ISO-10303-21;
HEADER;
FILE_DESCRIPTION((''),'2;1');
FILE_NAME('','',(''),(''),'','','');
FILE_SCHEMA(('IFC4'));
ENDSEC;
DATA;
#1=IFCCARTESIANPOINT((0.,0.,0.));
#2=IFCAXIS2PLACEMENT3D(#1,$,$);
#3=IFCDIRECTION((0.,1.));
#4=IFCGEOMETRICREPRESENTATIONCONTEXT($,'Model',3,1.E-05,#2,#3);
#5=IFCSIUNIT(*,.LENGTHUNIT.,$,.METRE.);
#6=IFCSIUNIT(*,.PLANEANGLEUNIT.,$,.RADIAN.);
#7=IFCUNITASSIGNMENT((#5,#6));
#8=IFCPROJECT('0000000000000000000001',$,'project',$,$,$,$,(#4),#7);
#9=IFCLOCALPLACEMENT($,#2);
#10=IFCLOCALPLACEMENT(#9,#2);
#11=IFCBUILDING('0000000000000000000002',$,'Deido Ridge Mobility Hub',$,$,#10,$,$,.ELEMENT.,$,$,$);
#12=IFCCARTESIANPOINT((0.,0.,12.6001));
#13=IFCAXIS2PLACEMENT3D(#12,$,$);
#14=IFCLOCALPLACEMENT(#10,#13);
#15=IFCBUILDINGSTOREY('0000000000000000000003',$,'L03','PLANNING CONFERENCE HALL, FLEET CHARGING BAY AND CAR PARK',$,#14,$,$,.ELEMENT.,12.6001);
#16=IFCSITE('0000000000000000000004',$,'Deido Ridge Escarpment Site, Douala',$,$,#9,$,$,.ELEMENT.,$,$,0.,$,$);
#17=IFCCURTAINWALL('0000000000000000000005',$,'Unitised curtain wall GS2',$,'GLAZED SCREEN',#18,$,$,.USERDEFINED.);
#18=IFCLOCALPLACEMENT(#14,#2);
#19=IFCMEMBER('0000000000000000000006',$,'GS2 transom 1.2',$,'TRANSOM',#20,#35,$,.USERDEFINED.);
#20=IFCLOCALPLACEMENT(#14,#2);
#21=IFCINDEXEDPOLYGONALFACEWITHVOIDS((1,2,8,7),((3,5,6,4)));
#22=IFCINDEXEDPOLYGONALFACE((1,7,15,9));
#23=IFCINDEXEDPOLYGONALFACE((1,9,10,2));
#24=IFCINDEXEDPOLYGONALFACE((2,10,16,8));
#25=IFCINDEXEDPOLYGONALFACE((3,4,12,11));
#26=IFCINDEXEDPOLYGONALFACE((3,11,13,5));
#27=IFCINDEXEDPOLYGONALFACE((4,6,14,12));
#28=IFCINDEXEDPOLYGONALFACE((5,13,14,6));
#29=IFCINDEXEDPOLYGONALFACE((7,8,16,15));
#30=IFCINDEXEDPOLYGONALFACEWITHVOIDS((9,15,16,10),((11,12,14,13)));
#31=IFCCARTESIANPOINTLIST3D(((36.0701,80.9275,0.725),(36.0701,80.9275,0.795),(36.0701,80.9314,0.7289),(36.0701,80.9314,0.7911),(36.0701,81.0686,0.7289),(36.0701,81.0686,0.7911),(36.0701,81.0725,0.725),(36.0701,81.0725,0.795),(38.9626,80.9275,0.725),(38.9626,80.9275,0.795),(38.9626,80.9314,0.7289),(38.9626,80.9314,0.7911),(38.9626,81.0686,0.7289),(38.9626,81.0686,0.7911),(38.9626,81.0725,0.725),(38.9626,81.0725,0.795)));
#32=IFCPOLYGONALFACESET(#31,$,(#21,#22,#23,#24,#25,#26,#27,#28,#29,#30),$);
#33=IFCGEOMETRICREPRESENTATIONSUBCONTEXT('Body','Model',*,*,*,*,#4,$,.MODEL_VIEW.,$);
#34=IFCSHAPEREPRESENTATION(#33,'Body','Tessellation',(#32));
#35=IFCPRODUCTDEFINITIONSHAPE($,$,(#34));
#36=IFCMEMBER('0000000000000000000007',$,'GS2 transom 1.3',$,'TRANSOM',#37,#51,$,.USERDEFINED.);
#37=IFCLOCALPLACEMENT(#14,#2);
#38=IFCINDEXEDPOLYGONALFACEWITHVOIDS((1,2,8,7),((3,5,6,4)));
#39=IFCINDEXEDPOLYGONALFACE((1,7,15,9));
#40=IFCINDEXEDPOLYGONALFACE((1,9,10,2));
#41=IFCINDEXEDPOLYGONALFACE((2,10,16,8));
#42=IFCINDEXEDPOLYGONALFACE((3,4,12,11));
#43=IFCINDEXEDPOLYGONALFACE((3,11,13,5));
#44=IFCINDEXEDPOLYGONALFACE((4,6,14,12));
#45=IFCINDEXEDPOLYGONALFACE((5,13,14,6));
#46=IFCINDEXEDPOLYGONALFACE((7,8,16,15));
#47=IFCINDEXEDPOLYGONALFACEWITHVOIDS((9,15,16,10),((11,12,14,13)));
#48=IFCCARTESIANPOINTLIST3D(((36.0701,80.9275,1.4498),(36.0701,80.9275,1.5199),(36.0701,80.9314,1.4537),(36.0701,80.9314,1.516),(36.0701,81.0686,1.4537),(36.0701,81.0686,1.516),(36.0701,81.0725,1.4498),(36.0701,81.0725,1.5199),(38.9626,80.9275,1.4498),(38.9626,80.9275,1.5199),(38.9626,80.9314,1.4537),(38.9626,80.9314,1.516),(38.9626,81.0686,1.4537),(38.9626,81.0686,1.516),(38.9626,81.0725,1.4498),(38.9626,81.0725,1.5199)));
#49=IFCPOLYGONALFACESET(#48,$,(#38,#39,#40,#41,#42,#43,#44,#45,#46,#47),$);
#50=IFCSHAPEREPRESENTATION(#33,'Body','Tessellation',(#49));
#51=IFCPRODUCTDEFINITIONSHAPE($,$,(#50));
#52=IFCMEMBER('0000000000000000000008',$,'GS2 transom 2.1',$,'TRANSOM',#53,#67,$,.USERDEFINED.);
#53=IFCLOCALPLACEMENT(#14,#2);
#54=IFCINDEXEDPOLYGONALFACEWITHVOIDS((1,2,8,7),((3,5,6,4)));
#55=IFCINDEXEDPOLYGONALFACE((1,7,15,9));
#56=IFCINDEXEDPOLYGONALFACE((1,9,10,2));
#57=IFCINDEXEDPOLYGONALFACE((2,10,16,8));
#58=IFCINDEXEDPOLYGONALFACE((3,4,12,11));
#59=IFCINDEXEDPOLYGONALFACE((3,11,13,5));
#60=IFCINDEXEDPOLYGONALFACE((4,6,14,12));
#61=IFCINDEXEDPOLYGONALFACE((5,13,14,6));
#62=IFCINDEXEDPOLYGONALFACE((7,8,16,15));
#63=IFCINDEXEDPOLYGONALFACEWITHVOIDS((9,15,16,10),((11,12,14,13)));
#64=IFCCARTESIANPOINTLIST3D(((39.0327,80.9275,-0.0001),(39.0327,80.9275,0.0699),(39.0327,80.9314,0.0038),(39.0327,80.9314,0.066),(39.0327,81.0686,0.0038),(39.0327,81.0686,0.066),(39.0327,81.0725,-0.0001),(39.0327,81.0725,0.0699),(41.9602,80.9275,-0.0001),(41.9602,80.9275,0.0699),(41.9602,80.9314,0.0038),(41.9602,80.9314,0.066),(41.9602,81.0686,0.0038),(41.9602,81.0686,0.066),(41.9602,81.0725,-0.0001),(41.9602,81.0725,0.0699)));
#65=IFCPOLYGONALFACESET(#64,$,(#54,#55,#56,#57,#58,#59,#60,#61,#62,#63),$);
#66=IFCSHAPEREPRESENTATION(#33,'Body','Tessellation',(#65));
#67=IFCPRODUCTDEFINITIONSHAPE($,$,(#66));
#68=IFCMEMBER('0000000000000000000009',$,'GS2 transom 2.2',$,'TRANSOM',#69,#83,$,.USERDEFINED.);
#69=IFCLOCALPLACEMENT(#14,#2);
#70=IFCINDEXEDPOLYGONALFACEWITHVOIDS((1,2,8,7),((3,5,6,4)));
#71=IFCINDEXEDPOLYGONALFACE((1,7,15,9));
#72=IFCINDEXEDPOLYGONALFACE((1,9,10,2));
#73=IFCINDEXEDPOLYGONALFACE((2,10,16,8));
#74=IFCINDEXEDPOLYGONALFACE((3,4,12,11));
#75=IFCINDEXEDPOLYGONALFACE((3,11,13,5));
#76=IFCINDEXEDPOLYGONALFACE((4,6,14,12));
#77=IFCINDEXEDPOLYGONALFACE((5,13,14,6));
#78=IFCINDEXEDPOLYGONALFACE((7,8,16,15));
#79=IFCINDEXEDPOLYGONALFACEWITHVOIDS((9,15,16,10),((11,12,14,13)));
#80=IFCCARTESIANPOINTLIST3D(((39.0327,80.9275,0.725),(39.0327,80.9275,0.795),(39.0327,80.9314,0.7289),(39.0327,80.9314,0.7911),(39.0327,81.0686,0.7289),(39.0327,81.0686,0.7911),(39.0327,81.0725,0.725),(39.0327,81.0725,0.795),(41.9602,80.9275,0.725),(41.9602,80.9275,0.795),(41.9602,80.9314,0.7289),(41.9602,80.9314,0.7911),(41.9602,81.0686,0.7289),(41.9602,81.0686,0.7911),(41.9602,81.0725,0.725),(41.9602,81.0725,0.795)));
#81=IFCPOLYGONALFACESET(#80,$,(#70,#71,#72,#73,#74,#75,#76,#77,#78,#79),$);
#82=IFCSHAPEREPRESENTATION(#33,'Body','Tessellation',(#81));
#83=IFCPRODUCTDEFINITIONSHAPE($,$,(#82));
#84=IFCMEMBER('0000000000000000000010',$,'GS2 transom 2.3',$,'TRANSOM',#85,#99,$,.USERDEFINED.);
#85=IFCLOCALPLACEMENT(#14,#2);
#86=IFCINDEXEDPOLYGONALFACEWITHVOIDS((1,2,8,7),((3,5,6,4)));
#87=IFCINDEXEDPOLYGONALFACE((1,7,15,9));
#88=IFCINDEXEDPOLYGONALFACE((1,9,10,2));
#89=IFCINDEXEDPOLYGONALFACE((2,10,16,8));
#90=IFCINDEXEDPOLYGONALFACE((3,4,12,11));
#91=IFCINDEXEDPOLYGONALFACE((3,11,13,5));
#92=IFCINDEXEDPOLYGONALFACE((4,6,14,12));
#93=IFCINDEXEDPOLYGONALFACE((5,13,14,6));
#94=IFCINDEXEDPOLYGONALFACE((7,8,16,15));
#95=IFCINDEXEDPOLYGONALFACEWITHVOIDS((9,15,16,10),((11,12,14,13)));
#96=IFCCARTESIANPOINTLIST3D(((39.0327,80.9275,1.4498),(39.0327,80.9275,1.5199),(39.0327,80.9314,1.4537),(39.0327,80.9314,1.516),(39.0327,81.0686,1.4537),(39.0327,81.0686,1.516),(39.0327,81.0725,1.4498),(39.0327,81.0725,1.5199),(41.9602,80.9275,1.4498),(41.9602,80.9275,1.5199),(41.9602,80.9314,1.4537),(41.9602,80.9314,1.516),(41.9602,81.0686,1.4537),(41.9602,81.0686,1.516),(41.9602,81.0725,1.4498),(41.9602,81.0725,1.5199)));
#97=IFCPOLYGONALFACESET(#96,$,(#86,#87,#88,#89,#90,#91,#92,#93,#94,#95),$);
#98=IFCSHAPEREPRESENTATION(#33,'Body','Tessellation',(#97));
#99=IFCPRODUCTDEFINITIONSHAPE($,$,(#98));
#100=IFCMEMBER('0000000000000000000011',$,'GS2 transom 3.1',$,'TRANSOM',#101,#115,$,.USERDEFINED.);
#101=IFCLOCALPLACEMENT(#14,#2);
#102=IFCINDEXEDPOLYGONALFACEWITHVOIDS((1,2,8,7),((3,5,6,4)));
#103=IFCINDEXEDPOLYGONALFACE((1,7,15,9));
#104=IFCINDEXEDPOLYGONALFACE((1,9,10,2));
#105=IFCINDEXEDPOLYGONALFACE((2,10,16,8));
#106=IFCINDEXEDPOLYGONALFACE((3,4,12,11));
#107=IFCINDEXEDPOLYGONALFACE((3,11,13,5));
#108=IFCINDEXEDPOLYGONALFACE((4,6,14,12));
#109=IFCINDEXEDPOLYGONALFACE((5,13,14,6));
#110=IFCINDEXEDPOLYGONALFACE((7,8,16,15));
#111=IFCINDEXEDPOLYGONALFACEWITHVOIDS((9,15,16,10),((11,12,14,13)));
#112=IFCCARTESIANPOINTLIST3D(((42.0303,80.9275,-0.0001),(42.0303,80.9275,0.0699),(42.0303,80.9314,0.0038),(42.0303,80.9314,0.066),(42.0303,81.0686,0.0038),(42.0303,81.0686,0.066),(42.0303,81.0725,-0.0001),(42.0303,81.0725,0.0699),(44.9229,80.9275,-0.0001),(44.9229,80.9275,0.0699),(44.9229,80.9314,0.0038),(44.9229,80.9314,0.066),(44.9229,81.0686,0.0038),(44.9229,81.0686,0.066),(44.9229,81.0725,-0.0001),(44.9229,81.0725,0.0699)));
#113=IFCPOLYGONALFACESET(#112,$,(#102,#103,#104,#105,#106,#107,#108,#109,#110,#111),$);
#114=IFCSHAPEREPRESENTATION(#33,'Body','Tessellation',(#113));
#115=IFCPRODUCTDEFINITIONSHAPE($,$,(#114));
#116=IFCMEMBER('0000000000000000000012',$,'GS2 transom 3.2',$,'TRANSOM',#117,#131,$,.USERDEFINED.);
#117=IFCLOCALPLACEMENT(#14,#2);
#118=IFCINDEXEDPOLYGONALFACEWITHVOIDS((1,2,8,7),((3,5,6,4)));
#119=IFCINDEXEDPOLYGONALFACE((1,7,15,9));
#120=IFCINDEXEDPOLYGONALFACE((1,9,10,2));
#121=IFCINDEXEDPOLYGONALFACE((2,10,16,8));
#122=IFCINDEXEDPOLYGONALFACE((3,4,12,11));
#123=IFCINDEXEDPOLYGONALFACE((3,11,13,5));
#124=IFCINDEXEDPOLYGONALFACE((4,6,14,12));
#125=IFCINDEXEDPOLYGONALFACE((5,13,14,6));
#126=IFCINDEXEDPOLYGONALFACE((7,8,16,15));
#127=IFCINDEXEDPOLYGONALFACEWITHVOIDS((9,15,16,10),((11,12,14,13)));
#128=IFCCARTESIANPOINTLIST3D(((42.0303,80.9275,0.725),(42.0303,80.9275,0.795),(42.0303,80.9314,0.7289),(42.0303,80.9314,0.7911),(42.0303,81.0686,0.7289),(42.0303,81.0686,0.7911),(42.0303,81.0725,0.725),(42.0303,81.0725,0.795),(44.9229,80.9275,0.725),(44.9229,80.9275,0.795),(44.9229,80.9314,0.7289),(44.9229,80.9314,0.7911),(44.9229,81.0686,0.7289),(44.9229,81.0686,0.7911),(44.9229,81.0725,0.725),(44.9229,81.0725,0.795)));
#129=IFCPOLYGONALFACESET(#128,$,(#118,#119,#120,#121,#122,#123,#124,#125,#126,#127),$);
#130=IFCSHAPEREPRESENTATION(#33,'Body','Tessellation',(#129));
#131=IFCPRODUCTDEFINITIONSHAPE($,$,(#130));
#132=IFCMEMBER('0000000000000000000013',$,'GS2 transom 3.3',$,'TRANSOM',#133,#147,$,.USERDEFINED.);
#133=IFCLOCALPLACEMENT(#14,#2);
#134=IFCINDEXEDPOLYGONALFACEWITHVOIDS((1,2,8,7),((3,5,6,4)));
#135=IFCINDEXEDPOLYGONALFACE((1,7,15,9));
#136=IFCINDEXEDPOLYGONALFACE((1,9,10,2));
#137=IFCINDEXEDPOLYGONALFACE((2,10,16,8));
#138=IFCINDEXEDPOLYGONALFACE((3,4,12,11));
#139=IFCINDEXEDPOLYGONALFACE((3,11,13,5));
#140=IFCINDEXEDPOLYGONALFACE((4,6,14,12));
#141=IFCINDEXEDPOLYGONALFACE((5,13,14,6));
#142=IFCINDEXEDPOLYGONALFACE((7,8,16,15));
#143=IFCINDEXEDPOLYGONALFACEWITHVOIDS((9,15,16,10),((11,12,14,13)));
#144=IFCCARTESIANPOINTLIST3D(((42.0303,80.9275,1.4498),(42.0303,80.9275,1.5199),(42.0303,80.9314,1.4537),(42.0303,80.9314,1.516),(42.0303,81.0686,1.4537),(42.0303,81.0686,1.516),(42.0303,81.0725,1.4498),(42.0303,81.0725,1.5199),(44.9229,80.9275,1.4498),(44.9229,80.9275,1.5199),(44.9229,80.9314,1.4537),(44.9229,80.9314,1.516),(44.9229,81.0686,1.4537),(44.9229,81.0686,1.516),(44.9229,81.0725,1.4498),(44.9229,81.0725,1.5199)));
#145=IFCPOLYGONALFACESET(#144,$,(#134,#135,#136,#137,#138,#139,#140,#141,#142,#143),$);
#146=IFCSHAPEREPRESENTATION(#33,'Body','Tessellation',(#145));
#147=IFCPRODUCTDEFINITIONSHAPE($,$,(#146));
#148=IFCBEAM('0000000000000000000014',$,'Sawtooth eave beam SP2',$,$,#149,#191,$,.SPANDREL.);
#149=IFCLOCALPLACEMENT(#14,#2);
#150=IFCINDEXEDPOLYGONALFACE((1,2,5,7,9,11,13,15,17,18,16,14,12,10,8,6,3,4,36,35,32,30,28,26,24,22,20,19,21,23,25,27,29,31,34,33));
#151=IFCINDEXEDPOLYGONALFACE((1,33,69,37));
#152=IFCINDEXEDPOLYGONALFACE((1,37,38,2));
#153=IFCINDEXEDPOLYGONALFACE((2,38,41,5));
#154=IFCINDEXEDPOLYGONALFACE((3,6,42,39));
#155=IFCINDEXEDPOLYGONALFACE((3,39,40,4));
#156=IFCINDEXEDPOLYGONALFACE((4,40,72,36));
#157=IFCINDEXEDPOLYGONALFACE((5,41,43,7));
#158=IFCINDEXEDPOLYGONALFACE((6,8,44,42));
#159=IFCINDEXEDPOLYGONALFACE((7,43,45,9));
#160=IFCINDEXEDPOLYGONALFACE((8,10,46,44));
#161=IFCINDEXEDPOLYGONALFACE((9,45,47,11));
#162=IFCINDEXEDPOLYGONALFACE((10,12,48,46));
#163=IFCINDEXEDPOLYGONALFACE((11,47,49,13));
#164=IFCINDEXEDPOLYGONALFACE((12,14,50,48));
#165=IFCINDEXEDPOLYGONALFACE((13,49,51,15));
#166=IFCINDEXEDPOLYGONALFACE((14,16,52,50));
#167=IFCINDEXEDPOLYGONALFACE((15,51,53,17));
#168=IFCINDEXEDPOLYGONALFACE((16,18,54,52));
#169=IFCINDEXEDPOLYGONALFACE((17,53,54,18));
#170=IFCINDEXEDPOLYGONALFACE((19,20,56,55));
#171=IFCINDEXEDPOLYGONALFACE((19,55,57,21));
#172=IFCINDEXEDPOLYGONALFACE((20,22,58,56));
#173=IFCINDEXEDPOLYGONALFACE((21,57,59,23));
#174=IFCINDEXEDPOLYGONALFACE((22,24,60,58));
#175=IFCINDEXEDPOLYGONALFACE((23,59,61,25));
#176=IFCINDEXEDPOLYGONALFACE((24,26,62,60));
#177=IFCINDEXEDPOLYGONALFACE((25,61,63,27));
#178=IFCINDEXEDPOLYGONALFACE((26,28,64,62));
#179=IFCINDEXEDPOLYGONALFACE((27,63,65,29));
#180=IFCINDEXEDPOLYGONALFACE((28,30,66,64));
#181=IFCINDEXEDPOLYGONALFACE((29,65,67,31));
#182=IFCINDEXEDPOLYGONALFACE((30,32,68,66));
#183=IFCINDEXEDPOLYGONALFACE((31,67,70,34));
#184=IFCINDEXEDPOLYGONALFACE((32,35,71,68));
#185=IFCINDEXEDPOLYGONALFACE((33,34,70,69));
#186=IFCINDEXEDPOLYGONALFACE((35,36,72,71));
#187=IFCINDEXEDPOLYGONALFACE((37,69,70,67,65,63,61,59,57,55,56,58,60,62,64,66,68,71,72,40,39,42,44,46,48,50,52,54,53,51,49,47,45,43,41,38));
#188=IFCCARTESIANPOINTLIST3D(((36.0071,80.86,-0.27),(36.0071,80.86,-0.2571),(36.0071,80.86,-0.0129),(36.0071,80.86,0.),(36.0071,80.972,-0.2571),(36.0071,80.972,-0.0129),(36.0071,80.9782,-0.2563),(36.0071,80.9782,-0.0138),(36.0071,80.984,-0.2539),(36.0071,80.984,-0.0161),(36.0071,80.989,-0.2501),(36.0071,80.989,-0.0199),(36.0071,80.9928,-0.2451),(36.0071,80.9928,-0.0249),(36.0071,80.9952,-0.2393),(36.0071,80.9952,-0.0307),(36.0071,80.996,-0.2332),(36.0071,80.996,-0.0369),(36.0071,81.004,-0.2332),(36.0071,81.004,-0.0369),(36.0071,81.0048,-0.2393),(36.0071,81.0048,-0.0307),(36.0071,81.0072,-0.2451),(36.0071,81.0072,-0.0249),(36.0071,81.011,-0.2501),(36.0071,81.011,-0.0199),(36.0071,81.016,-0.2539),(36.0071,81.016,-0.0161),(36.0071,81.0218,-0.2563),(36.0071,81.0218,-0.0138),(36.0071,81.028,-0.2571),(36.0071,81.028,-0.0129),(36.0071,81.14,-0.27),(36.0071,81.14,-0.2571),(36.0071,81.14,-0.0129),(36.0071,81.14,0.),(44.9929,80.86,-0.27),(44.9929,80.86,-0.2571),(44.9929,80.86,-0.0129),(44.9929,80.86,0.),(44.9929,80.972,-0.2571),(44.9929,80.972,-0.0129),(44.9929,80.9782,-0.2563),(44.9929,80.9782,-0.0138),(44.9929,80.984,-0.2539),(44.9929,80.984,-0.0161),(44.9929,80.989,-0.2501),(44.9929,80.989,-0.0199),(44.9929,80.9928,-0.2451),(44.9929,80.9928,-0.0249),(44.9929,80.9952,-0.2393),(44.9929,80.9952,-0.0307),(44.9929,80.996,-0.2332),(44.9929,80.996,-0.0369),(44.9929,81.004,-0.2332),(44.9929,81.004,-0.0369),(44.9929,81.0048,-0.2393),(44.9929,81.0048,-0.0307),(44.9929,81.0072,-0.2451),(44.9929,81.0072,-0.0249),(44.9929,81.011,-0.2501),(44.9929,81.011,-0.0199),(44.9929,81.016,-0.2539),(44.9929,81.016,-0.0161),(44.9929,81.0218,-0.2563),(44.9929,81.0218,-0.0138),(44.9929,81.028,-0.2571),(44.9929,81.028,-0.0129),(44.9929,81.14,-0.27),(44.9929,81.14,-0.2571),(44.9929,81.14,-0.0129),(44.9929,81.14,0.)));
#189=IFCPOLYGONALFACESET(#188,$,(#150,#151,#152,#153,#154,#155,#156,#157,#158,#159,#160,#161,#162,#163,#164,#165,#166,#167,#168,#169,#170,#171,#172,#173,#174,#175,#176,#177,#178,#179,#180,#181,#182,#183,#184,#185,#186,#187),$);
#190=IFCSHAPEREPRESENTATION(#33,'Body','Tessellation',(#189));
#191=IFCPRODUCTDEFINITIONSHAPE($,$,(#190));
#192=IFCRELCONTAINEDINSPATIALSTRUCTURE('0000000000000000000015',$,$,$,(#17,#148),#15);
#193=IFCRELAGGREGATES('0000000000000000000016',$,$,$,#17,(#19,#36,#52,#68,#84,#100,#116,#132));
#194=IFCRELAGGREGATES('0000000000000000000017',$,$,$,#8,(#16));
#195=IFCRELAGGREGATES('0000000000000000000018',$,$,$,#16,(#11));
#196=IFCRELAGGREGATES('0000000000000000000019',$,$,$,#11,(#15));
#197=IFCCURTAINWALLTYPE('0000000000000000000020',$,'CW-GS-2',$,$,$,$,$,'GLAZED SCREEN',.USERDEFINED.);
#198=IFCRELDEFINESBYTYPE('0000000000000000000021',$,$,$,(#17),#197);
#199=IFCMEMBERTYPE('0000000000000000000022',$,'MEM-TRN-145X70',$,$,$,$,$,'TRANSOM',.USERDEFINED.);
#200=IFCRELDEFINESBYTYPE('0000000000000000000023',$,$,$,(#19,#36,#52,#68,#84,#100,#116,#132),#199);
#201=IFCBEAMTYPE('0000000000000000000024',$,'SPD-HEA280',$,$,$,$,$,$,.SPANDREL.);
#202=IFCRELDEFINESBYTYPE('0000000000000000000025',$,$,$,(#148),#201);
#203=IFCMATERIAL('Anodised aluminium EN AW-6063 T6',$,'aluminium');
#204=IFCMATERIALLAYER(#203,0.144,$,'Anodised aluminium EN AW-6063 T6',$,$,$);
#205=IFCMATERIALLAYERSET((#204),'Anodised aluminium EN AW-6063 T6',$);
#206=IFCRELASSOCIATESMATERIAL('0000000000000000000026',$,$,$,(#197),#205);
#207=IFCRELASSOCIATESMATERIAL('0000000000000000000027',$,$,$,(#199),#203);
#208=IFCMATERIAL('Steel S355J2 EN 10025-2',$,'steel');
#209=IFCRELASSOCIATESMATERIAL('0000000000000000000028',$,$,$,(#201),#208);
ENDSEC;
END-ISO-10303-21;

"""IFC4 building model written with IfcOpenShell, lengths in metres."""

from ifc_helpers import new_model, si_unit, direction, frame, origin, origin_2d, place, context, subcontext, project, spatial, hollow_rectangle, i_section, extrude, material, layer, layer_set, material_profile, profile_set, type_object, element, aggregate, save


model = new_model("IFC4")

# Units and contexts
model_context = context("Model", 3, precision=1e-05, world=origin(), true_north=direction((0.0, 1.0)))
body_context = subcontext(model_context, "Body", "Model", "MODEL_VIEW")
ifc_project = project(units=[si_unit("LENGTHUNIT", "METRE"), si_unit("PLANEANGLEUNIT", "RADIAN")], contexts=[model_context])

# Site, building, storey
site_placement = place(None, origin())
site = spatial("IfcSite", under=ifc_project, at=site_placement, Name="Deido Ridge Escarpment Site, Douala", CompositionType="ELEMENT", RefElevation=0.0)
building_placement = place(site_placement, origin())
building = spatial("IfcBuilding", under=site, at=building_placement, Name="Deido Ridge Mobility Hub", CompositionType="ELEMENT")
storey_placement = place(building_placement, frame((0.0, 0.0, 12.6001)))
storey = spatial("IfcBuildingStorey", under=building, at=storey_placement, Name="L03", Description="PLANNING CONFERENCE HALL, FLEET CHARGING BAY AND CAR PARK", CompositionType="ELEMENT", Elevation=12.6001)

# Shared definitions
ifc_material_1 = material(Name="Steel S355J2 EN 10025-2", Category="steel")

# Shared definitions
ifc_material_2 = material(Name="Anodised aluminium EN AW-6063 T6", Category="aluminium")
ifc_layer_1 = layer(ifc_material_2, 0.144, Name="Anodised aluminium EN AW-6063 T6")
ifc_layer_set_1 = layer_set([ifc_layer_1], Name="Anodised aluminium EN AW-6063 T6")
curtain_wall_type = type_object("IfcCurtainWallType", Name="CW-GS-2", ElementType="GLAZED SCREEN", PredefinedType="USERDEFINED", material=ifc_layer_set_1)

# Curtain wall
curtain_wall_1_placement = place(storey_placement, origin())
curtain_wall_1 = element("IfcCurtainWall", 1, at=curtain_wall_1_placement, inside=storey, type_object=curtain_wall_type, Name="Unitised curtain wall GS2", ObjectType="GLAZED SCREEN", PredefinedType="USERDEFINED")

# Members
ifc_material_profile_1 = material_profile(ifc_material_2, hollow_rectangle(XDim=0.145, YDim=0.0701, WallThickness=0.0039, at=origin_2d()), Name="RHS 145x70x4")
ifc_profile_set_1 = profile_set([ifc_material_profile_1], Name="Anodised aluminium EN AW-6063 T6")
member_type_1 = type_object("IfcMemberType", Name="MEM-TRN-145X70", ElementType="TRANSOM", PredefinedType="USERDEFINED", material=ifc_profile_set_1)
member_1_placement = place(storey_placement, frame((36.0701, 81.0, 0.76), z_axis=(1.0, 0.0, 0.0), x_axis=(0.0, 1.0, 0.0)))
member_1 = element("IfcMember", 2, at=member_1_placement, type_object=member_type_1, Name="GS2 transom 1.2", ObjectType="TRANSOM", PredefinedType="USERDEFINED", context=body_context, shape_type="SweptSolid", body=[
    extrude(hollow_rectangle(XDim=0.145, YDim=0.0701, WallThickness=0.0039, at=origin_2d()), origin(), (0.0, 0.0, 1.0), 2.8926),
])
member_2_placement = place(storey_placement, frame((36.0701, 81.0, 1.4849), z_axis=(1.0, 0.0, 0.0), x_axis=(0.0, 1.0, 0.0)))
member_2 = element("IfcMember", 3, at=member_2_placement, type_object=member_type_1, Name="GS2 transom 1.3", ObjectType="TRANSOM", PredefinedType="USERDEFINED", context=body_context, shape_type="SweptSolid", body=[
    extrude(hollow_rectangle(XDim=0.145, YDim=0.0701, WallThickness=0.0039, at=origin_2d()), origin(), (0.0, 0.0, 1.0), 2.8926),
])
member_3_placement = place(storey_placement, frame((39.0327, 81.0, 0.0349), z_axis=(1.0, 0.0, 0.0), x_axis=(0.0, 1.0, 0.0)))
member_3 = element("IfcMember", 4, at=member_3_placement, type_object=member_type_1, Name="GS2 transom 2.1", ObjectType="TRANSOM", PredefinedType="USERDEFINED", context=body_context, shape_type="SweptSolid", body=[
    extrude(hollow_rectangle(XDim=0.145, YDim=0.0701, WallThickness=0.0039, at=origin_2d()), origin(), (0.0, 0.0, 1.0), 2.9275),
])
member_4_placement = place(storey_placement, frame((39.0327, 81.0, 0.76), z_axis=(1.0, 0.0, 0.0), x_axis=(0.0, 1.0, 0.0)))
member_4 = element("IfcMember", 5, at=member_4_placement, type_object=member_type_1, Name="GS2 transom 2.2", ObjectType="TRANSOM", PredefinedType="USERDEFINED", context=body_context, shape_type="SweptSolid", body=[
    extrude(hollow_rectangle(XDim=0.145, YDim=0.0701, WallThickness=0.0039, at=origin_2d()), origin(), (0.0, 0.0, 1.0), 2.9275),
])
member_5_placement = place(storey_placement, frame((39.0327, 81.0, 1.4849), z_axis=(1.0, 0.0, 0.0), x_axis=(0.0, 1.0, 0.0)))
member_5 = element("IfcMember", 6, at=member_5_placement, type_object=member_type_1, Name="GS2 transom 2.3", ObjectType="TRANSOM", PredefinedType="USERDEFINED", context=body_context, shape_type="SweptSolid", body=[
    extrude(hollow_rectangle(XDim=0.145, YDim=0.0701, WallThickness=0.0039, at=origin_2d()), origin(), (0.0, 0.0, 1.0), 2.9275),
])
member_6_placement = place(storey_placement, frame((42.0303, 81.0, 0.0349), z_axis=(1.0, 0.0, 0.0), x_axis=(0.0, 1.0, 0.0)))
member_6 = element("IfcMember", 7, at=member_6_placement, type_object=member_type_1, Name="GS2 transom 3.1", ObjectType="TRANSOM", PredefinedType="USERDEFINED", context=body_context, shape_type="SweptSolid", body=[
    extrude(hollow_rectangle(XDim=0.145, YDim=0.0701, WallThickness=0.0039, at=origin_2d()), origin(), (0.0, 0.0, 1.0), 2.8926),
])
member_7_placement = place(storey_placement, frame((42.0303, 81.0, 0.76), z_axis=(1.0, 0.0, 0.0), x_axis=(0.0, 1.0, 0.0)))
member_7 = element("IfcMember", 8, at=member_7_placement, type_object=member_type_1, Name="GS2 transom 3.2", ObjectType="TRANSOM", PredefinedType="USERDEFINED", context=body_context, shape_type="SweptSolid", body=[
    extrude(hollow_rectangle(XDim=0.145, YDim=0.0701, WallThickness=0.0039, at=origin_2d()), origin(), (0.0, 0.0, 1.0), 2.8926),
])
member_8_placement = place(storey_placement, frame((42.0303, 81.0, 1.4849), z_axis=(1.0, 0.0, 0.0), x_axis=(0.0, 1.0, 0.0)))
member_8 = element("IfcMember", 9, at=member_8_placement, type_object=member_type_1, Name="GS2 transom 3.3", ObjectType="TRANSOM", PredefinedType="USERDEFINED", context=body_context, shape_type="SweptSolid", body=[
    extrude(hollow_rectangle(XDim=0.145, YDim=0.0701, WallThickness=0.0039, at=origin_2d()), origin(), (0.0, 0.0, 1.0), 2.8926),
])

# Beam
ifc_material_profile_2 = material_profile(ifc_material_1, i_section(OverallWidth=0.28, OverallDepth=0.27, WebThickness=0.0081, FlangeThickness=0.0129, FilletRadius=0.0239, at=origin_2d()), Name="HEA 280")
ifc_profile_set_2 = profile_set([ifc_material_profile_2], Name="Steel S355J2 EN 10025-2")
beam_type = type_object("IfcBeamType", Name="SPD-HEA280", PredefinedType="SPANDREL", material=ifc_profile_set_2)
beam_placement = place(storey_placement, frame((36.0071, 81.0, -0.135), z_axis=(1.0, 0.0, 0.0), x_axis=(0.0, 1.0, 0.0)))
element("IfcBeam", 10, at=beam_placement, inside=storey, type_object=beam_type, Name="Sawtooth eave beam SP2", PredefinedType="SPANDREL", context=body_context, shape_type="SweptSolid", body=[
    extrude(i_section(OverallWidth=0.28, OverallDepth=0.27, WebThickness=0.0081, FlangeThickness=0.0129, FilletRadius=0.0239, at=origin_2d()), origin(), (0.0, 0.0, 1.0), 8.9858),
])

aggregate(curtain_wall_1, [member_1, member_2, member_3, member_4, member_5, member_6, member_7, member_8])

save(model, "model.ifc")
